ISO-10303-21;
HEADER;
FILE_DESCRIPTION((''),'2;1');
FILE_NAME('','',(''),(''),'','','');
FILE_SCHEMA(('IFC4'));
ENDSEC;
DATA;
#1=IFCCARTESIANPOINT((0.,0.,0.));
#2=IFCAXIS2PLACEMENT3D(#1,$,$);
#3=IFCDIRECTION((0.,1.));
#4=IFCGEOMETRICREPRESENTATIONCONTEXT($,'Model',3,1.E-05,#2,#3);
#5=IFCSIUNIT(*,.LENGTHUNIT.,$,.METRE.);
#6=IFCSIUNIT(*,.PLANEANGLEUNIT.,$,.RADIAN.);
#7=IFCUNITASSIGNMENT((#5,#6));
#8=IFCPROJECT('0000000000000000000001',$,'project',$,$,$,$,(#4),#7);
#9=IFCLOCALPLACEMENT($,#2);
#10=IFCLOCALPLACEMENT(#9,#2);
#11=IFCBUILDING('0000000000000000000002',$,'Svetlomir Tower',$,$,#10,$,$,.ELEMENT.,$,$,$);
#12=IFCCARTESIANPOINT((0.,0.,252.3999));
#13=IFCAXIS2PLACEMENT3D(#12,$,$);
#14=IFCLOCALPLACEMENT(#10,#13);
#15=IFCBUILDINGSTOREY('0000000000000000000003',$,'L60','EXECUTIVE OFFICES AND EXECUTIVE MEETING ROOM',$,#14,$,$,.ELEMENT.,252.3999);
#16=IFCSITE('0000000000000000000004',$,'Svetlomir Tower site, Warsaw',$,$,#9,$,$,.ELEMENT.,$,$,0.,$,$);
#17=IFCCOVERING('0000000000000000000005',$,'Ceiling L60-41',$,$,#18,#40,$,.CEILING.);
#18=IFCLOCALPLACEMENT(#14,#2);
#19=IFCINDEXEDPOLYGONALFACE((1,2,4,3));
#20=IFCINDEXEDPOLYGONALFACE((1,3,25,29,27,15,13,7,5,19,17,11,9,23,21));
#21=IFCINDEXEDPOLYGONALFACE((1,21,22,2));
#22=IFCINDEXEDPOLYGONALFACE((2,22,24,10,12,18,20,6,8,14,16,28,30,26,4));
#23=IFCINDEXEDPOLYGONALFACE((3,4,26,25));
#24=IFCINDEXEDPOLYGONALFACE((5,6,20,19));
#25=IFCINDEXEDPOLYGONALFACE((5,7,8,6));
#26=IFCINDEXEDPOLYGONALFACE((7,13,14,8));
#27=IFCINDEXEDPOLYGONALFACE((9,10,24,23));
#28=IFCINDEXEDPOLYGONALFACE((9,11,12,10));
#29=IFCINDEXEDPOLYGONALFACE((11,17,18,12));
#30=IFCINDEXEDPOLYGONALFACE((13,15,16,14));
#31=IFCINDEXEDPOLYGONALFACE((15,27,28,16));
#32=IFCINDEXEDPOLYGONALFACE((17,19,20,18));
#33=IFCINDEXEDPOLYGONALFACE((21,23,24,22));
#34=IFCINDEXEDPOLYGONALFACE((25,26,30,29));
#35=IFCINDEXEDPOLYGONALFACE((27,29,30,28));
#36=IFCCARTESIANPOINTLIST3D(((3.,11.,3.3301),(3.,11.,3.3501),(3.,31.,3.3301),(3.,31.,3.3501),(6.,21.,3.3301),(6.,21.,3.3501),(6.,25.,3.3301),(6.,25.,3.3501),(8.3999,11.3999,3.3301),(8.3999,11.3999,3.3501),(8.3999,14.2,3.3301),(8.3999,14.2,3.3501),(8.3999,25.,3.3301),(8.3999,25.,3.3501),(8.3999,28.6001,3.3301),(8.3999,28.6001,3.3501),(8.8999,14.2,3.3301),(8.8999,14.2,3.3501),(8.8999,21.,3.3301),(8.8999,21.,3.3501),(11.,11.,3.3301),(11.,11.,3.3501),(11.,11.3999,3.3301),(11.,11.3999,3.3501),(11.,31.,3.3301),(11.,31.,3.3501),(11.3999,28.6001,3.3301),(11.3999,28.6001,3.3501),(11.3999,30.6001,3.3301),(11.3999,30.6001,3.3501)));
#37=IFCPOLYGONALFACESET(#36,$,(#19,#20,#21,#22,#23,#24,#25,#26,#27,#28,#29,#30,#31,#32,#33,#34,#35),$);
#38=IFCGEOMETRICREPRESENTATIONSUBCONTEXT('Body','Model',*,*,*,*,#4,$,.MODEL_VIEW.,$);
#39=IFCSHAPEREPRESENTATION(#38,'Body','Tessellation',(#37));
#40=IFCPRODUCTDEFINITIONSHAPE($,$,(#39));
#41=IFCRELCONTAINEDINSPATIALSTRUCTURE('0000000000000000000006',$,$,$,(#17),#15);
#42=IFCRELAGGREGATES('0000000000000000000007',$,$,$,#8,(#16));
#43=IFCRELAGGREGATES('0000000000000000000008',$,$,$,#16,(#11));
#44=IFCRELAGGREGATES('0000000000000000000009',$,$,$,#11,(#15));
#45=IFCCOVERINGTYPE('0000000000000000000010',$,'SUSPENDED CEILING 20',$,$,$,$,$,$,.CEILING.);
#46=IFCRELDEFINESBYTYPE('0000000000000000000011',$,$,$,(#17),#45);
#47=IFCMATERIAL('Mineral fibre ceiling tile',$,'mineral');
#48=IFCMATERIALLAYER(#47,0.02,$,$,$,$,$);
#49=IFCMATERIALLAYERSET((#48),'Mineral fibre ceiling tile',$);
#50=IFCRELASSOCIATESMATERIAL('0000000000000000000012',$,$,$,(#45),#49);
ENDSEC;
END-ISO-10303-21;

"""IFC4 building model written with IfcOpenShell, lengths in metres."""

from ifc_helpers import new_model, si_unit, direction, frame, origin, place, context, subcontext, project, spatial, polyline, outline, extrude, material, layer, layer_set, type_object, element, save


model = new_model("IFC4")

# Units and contexts
model_context = context("Model", 3, precision=1e-05, world=origin(), true_north=direction((0.0, 1.0)))
body_context = subcontext(model_context, "Body", "Model", "MODEL_VIEW")
ifc_project = project(units=[si_unit("LENGTHUNIT", "METRE"), si_unit("PLANEANGLEUNIT", "RADIAN")], contexts=[model_context])

# Site, building, storey
site_placement = place(None, origin())
site = spatial("IfcSite", under=ifc_project, at=site_placement, Name="Svetlomir Tower site, Warsaw", CompositionType="ELEMENT", RefElevation=0.0)
building_placement = place(site_placement, origin())
building = spatial("IfcBuilding", under=site, at=building_placement, Name="Svetlomir Tower", CompositionType="ELEMENT")
storey_placement = place(building_placement, frame((0.0, 0.0, 252.3999)))
storey = spatial("IfcBuildingStorey", under=building, at=storey_placement, Name="L60", Description="EXECUTIVE OFFICES AND EXECUTIVE MEETING ROOM", CompositionType="ELEMENT", Elevation=252.3999)

# Covering
ifc_material_1 = material(Name="Mineral fibre ceiling tile", Category="mineral")
ifc_layer_1 = layer(ifc_material_1, 0.02)
ifc_layer_set_1 = layer_set([ifc_layer_1], Name="Mineral fibre ceiling tile")
covering_type_1 = type_object("IfcCoveringType", Name="SUSPENDED CEILING 20", PredefinedType="CEILING", material=ifc_layer_set_1)
covering_1_placement = place(storey_placement, frame((0.0, 0.0, 3.3301)))
element("IfcCovering", 1, at=covering_1_placement, inside=storey, type_object=covering_type_1, Name="Ceiling L60-41", PredefinedType="CEILING", context=body_context, shape_type="SweptSolid", body=[
    extrude(outline(polyline([(11.3999, 28.6001), (8.3999, 28.6001), (8.3999, 25.0), (6.0, 25.0), (6.0, 21.0), (8.8999, 21.0), (8.8999, 14.2), (8.3999, 14.2), (8.3999, 11.3999), (11.0, 11.3999), (11.0, 11.0), (3.0, 11.0), (3.0, 31.0), (11.0, 31.0), (11.3999, 30.6001), (11.3999, 28.6001)])), origin(), (0.0, 0.0, 1.0), 0.02),
])

save(model, "model.ifc")
